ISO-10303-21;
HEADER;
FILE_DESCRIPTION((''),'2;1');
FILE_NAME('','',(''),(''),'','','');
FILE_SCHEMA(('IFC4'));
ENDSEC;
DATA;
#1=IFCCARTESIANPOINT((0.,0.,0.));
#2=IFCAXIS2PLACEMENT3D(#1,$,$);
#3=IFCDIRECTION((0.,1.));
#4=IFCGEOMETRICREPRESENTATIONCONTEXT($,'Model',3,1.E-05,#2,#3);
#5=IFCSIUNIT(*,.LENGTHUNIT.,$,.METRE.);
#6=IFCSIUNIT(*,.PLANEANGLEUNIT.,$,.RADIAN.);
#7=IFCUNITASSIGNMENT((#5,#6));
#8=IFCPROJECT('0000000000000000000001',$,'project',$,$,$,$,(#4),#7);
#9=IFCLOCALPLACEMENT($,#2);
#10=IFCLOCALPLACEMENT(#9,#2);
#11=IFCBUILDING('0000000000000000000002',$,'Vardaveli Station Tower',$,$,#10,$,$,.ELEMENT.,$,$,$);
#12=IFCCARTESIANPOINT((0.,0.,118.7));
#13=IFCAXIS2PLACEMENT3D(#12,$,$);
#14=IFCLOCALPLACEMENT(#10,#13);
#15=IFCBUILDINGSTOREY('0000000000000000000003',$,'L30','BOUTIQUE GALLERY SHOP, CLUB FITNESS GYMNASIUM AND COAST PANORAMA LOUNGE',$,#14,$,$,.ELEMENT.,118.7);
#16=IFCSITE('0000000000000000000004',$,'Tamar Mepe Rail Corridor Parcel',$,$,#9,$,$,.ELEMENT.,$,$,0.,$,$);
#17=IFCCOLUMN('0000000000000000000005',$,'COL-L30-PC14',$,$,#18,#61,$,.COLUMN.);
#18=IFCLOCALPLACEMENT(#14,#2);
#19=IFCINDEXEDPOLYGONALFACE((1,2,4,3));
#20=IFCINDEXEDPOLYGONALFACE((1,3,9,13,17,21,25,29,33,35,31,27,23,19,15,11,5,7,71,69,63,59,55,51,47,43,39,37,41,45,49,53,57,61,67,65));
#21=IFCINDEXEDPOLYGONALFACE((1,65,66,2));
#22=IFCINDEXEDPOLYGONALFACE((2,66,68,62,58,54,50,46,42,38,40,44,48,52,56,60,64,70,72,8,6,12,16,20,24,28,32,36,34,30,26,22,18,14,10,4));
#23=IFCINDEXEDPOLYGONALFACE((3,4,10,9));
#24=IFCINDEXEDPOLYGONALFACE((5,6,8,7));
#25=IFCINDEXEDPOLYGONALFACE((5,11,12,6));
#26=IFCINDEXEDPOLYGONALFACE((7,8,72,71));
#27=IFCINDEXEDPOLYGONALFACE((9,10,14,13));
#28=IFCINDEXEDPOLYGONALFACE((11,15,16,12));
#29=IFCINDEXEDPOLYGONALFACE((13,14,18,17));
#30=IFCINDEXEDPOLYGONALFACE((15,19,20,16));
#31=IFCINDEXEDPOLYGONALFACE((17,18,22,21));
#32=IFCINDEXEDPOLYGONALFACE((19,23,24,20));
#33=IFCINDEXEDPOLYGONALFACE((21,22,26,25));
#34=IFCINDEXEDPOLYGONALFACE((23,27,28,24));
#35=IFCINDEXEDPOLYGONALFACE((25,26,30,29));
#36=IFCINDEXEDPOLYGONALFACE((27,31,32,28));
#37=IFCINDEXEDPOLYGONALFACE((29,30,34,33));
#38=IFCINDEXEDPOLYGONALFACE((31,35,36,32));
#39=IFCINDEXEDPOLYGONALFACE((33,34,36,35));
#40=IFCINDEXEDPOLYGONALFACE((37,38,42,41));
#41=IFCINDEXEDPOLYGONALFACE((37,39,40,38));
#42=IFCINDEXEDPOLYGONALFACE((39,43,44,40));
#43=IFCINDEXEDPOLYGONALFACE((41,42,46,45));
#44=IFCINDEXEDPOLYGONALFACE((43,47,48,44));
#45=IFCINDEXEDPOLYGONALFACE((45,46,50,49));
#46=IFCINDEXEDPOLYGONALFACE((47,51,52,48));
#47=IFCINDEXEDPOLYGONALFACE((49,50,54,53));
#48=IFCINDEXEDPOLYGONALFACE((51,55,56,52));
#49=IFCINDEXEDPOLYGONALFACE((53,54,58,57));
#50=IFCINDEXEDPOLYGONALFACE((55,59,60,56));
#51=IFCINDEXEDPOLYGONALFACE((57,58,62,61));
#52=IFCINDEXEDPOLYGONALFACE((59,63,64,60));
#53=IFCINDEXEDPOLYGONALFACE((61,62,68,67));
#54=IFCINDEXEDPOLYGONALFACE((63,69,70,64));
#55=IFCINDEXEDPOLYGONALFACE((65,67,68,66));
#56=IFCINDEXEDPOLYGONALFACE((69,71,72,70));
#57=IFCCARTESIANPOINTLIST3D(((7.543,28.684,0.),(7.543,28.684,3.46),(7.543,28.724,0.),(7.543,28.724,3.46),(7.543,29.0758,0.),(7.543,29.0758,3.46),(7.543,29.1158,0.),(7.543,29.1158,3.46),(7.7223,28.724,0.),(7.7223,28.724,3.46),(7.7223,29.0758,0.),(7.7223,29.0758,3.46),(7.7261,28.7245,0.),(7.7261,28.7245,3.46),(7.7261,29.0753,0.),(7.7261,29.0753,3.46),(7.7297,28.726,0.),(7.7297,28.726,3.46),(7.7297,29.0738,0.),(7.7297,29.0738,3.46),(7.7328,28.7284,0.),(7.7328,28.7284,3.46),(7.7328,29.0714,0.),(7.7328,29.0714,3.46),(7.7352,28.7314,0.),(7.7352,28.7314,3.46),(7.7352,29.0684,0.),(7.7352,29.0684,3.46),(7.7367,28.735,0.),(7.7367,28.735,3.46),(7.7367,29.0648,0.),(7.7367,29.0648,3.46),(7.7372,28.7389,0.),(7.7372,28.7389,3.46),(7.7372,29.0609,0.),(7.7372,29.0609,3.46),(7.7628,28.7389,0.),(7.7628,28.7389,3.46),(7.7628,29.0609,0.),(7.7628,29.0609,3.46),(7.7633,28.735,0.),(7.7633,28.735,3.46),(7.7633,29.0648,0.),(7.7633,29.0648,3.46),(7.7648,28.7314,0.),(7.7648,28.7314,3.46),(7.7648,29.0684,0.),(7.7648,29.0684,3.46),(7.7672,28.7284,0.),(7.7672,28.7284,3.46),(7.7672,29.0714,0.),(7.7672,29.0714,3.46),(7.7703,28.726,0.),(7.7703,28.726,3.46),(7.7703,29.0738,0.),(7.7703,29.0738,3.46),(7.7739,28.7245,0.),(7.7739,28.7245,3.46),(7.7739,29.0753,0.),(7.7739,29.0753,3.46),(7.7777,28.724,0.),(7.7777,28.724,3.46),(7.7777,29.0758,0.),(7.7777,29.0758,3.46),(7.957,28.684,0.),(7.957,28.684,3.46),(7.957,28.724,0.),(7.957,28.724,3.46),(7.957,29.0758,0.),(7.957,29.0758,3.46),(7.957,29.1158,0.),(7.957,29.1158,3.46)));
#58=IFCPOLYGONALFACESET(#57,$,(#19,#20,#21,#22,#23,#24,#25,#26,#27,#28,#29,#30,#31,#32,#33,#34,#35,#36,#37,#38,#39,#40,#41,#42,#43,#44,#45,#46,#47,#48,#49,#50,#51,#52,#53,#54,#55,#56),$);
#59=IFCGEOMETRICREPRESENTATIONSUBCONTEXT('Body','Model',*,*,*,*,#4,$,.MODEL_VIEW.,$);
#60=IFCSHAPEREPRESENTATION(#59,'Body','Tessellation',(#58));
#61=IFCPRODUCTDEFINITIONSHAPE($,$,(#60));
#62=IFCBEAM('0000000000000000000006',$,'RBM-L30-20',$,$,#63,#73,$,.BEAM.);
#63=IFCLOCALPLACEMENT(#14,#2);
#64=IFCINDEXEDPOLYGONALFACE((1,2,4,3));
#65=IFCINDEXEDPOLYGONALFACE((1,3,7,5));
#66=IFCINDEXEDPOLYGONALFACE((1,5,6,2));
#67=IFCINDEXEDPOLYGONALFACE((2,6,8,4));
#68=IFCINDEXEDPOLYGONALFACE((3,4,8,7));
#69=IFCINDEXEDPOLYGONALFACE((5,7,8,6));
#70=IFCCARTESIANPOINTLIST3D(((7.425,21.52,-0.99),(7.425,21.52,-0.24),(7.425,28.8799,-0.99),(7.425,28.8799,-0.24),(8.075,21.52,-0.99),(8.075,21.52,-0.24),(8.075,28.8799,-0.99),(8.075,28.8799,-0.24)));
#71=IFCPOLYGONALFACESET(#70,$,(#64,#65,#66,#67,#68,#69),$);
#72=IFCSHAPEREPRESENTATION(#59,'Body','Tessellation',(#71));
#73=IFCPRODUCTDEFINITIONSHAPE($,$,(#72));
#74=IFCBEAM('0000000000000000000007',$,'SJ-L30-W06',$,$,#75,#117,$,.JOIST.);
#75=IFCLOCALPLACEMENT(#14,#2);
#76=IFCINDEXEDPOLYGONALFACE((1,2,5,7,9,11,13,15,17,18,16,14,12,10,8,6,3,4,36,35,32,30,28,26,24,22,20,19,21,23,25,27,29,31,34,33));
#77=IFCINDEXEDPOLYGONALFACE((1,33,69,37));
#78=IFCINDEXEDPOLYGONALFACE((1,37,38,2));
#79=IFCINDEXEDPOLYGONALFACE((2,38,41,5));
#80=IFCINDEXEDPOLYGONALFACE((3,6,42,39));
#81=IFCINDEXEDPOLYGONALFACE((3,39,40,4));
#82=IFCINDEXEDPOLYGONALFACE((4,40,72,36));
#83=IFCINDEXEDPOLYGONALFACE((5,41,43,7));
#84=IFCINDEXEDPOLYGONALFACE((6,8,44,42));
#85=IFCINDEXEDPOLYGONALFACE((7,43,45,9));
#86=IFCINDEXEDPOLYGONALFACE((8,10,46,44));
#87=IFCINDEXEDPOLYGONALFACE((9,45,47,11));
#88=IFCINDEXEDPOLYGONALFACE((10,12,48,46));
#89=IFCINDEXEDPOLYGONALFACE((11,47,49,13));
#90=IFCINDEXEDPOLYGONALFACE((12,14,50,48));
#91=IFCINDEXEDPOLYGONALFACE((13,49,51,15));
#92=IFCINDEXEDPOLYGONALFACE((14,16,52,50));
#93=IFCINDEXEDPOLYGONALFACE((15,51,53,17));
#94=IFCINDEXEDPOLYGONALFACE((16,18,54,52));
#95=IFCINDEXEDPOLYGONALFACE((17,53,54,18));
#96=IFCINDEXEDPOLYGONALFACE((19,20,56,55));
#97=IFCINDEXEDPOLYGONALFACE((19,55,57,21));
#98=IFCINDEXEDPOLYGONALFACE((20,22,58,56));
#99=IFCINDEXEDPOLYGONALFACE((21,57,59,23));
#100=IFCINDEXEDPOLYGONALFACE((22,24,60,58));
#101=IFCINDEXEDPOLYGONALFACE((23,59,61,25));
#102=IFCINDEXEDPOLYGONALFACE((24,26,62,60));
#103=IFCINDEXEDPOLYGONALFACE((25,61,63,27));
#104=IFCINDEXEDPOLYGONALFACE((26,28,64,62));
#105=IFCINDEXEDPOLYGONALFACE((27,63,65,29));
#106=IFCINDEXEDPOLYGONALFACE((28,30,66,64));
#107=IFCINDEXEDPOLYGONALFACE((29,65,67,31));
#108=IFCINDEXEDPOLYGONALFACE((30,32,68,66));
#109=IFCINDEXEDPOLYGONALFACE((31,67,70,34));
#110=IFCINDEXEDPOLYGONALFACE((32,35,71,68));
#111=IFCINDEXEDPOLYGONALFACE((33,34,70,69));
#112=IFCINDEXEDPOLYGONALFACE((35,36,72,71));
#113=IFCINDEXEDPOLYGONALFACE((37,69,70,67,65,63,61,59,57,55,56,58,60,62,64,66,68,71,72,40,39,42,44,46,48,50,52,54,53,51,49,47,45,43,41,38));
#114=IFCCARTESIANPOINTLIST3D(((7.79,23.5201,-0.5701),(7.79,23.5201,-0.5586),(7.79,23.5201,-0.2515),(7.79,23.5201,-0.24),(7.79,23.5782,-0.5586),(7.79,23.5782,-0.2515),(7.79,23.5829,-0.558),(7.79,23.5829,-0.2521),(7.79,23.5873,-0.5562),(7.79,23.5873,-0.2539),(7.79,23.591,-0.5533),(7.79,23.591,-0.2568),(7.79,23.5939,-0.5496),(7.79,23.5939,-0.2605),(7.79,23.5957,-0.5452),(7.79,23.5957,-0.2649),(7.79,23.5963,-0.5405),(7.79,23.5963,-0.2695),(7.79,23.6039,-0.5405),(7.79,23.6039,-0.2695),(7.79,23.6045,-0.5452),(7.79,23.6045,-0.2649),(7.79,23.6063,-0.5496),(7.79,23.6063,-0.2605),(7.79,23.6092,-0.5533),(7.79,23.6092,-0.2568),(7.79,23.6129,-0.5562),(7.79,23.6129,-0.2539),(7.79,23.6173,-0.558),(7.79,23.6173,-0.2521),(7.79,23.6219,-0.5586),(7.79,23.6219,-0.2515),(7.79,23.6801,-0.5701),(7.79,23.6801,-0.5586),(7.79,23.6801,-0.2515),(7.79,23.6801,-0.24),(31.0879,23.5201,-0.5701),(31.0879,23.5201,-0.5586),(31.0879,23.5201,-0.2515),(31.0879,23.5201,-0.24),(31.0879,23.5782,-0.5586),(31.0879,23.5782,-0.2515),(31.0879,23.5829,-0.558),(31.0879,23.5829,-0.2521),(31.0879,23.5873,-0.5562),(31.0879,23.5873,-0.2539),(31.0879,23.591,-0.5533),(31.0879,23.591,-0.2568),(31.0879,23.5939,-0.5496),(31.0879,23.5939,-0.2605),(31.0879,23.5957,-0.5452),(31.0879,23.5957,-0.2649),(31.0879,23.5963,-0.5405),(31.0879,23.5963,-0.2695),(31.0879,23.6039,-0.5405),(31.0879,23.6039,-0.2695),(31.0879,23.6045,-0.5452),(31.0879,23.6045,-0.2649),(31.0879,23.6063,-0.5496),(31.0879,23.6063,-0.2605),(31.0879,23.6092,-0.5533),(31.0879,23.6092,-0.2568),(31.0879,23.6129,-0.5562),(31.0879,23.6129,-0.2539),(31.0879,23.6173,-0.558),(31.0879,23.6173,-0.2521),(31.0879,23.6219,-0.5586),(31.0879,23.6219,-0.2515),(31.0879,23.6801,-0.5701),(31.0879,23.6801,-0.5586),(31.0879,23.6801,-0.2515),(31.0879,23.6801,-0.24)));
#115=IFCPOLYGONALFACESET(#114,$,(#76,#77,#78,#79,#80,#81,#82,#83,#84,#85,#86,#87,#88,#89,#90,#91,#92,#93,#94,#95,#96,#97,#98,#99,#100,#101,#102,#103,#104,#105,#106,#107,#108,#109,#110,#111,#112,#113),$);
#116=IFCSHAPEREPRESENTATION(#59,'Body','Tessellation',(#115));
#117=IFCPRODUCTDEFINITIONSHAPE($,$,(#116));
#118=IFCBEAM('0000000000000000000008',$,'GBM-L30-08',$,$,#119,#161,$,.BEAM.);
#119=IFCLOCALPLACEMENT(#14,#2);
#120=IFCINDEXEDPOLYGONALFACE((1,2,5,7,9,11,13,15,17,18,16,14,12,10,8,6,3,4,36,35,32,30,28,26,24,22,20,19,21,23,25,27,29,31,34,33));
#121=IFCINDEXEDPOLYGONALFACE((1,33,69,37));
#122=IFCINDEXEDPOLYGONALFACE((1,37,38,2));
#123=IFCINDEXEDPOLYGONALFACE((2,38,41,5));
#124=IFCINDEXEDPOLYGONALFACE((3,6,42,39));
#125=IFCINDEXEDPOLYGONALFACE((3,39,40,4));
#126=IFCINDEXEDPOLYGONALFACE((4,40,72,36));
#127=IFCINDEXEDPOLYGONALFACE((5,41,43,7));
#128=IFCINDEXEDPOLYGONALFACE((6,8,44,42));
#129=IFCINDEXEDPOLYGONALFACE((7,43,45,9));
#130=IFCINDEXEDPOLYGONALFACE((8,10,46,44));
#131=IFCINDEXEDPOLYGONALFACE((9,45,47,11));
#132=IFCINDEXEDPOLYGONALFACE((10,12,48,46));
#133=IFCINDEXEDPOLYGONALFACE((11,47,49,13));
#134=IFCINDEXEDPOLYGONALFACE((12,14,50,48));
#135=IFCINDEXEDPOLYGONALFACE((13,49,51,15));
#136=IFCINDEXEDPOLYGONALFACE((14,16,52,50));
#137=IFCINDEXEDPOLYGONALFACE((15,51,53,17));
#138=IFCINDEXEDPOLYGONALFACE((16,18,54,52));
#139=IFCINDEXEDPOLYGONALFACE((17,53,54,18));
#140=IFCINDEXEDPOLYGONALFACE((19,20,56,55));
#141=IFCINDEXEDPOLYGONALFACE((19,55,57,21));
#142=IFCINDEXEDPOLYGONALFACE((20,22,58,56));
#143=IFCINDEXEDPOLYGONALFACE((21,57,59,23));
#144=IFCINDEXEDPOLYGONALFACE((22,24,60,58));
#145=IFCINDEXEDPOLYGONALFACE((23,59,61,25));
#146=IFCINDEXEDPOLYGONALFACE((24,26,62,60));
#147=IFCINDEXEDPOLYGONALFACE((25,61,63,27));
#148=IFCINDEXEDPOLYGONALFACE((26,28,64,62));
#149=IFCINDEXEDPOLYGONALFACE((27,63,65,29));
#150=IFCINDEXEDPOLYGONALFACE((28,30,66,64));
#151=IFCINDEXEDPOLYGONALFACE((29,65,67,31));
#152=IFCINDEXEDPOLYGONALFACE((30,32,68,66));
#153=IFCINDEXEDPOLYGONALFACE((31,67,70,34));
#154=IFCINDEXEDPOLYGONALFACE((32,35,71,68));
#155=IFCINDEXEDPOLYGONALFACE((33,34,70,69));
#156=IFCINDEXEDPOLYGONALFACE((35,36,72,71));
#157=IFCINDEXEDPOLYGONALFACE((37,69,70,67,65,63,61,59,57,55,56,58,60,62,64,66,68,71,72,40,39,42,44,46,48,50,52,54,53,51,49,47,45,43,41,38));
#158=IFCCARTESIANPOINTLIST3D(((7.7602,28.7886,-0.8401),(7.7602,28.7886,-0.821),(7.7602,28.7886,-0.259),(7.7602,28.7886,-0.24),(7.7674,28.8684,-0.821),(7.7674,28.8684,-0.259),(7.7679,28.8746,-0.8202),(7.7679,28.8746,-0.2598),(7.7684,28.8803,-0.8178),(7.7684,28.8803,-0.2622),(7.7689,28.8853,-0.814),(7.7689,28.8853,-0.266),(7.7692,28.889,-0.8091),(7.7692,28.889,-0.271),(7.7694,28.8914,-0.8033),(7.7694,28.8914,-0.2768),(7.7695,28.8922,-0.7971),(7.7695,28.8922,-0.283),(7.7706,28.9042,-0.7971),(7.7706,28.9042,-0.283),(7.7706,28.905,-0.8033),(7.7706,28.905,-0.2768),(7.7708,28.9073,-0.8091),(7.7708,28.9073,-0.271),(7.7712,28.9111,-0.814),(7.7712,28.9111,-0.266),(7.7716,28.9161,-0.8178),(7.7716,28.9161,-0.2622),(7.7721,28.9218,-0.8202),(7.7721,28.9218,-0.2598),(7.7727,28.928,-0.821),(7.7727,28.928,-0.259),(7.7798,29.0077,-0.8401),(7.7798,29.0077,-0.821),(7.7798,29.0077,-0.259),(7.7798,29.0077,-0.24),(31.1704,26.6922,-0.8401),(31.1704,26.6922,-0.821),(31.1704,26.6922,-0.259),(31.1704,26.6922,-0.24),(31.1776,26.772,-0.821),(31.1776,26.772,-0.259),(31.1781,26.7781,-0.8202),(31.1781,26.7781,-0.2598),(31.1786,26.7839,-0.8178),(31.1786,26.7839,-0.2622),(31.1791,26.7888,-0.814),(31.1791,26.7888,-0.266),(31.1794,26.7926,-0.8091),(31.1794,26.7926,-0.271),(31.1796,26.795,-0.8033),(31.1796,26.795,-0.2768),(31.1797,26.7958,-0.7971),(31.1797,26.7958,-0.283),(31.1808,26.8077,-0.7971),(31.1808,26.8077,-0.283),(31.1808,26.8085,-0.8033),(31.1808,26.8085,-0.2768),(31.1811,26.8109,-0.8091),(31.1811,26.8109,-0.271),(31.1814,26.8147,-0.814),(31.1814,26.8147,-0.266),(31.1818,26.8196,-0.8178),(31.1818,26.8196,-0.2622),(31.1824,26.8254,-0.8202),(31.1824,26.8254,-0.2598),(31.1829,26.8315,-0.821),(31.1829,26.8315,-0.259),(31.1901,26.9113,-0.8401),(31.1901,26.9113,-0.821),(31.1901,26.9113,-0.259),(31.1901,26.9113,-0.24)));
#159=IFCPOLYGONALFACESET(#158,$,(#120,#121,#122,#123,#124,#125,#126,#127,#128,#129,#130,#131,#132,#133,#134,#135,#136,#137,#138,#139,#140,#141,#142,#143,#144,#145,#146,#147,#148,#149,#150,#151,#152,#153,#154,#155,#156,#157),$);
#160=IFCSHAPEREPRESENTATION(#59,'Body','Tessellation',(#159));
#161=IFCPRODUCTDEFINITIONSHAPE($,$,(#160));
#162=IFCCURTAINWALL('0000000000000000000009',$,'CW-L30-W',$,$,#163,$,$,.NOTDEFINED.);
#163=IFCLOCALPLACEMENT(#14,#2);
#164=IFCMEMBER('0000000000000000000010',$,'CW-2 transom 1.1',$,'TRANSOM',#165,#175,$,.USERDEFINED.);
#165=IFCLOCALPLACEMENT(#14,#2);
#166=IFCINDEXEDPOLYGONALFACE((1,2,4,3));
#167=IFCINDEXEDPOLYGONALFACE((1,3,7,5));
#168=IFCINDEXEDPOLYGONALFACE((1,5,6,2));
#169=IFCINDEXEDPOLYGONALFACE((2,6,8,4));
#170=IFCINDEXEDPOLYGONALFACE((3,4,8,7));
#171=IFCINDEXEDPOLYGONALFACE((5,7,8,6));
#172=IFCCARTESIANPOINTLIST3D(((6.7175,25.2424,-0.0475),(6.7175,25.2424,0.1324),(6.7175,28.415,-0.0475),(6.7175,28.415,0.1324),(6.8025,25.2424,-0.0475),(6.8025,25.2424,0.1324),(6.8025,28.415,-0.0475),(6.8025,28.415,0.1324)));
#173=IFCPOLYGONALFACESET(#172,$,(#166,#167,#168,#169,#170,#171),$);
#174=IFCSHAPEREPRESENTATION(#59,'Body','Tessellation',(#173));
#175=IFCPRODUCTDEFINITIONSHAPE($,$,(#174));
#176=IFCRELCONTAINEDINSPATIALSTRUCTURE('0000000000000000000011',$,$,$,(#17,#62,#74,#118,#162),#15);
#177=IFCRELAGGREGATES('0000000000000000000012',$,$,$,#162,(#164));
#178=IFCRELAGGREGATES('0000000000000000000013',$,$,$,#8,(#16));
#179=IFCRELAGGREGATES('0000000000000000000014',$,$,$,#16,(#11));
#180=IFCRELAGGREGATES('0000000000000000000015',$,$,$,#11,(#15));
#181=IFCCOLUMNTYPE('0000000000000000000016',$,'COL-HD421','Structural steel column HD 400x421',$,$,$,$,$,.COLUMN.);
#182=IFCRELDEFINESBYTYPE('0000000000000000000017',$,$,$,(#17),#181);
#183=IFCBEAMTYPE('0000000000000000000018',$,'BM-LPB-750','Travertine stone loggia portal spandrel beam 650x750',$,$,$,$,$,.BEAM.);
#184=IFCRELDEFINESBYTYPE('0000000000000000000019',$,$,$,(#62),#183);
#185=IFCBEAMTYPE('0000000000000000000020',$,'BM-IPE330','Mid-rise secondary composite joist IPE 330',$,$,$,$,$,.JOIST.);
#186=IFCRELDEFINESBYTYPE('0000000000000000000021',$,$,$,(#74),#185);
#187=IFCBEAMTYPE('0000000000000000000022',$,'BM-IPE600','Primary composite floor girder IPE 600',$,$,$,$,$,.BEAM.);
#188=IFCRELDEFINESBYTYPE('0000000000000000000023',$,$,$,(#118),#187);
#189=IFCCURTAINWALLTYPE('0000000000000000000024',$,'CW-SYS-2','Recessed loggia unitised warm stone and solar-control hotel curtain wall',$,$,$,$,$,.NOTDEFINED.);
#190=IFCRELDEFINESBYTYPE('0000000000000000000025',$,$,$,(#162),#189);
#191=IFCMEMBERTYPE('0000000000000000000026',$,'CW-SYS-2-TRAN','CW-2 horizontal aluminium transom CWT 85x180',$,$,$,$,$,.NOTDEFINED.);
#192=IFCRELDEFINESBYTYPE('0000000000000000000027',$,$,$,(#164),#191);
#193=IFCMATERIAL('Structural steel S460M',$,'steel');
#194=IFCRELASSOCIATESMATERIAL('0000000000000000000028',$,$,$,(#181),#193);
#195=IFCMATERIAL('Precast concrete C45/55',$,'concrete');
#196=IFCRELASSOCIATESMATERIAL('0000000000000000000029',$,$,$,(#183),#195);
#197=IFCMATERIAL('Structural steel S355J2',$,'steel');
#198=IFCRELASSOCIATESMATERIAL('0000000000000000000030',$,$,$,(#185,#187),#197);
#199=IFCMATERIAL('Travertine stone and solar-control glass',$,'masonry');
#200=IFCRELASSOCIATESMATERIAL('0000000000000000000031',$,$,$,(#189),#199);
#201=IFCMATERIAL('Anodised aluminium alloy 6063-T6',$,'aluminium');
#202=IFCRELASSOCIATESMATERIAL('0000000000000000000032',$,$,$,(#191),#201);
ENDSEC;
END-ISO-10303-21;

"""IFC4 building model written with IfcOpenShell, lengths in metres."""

from ifc_helpers import new_model, si_unit, direction, frame, origin, origin_2d, place, context, subcontext, project, spatial, rectangle, i_section, extrude, source, transform, mapped, material, material_profile, profile_set, type_object, element, aggregate, save


model = new_model("IFC4")

# Units and contexts
model_context = context("Model", 3, precision=1e-05, world=origin(), true_north=direction((0.0, 1.0)))
body_context = subcontext(model_context, "Body", "Model", "MODEL_VIEW")
ifc_project = project(units=[si_unit("LENGTHUNIT", "METRE"), si_unit("PLANEANGLEUNIT", "RADIAN")], contexts=[model_context])

# Site, building, storey
site_placement = place(None, origin())
site = spatial("IfcSite", under=ifc_project, at=site_placement, Name="Tamar Mepe Rail Corridor Parcel", CompositionType="ELEMENT", RefElevation=0.0)
building_placement = place(site_placement, origin())
building = spatial("IfcBuilding", under=site, at=building_placement, Name="Vardaveli Station Tower", CompositionType="ELEMENT")
storey_placement = place(building_placement, frame((0.0, 0.0, 118.7)))
storey = spatial("IfcBuildingStorey", under=building, at=storey_placement, Name="L30", Description="BOUTIQUE GALLERY SHOP, CLUB FITNESS GYMNASIUM AND COAST PANORAMA LOUNGE", CompositionType="ELEMENT", Elevation=118.7)

# Column
ifc_material_1 = material(Name="Structural steel S460M", Category="steel")
ifc_material_profile_1 = material_profile(ifc_material_1, i_section(OverallWidth=0.4141, OverallDepth=0.4319, WebThickness=0.0256, FlangeThickness=0.04, FilletRadius=0.0149, at=origin_2d()), Name="HD 400x421")
ifc_profile_set_1 = profile_set([ifc_material_profile_1], Name="Structural steel S460M")
column_type = type_object("IfcColumnType", Name="COL-HD421", Description="Structural steel column HD 400x421", PredefinedType="COLUMN", material=ifc_profile_set_1)
shared_shape_1 = source(origin(), body_context, "Body", "SweptSolid", [
    extrude(i_section(OverallWidth=0.4141, OverallDepth=0.4319, WebThickness=0.0256, FlangeThickness=0.04, FilletRadius=0.0149, at=origin_2d()), origin(), (0.0, 0.0, 1.0), 3.46),
])
column_placement = place(storey_placement, frame((7.75, 28.8999, 0.0), z_axis=(0.0, 0.0, 1.0), x_axis=(1.0, 0.0, 0.0)))
element("IfcColumn", 1, at=column_placement, inside=storey, type_object=column_type, Name="COL-L30-PC14", PredefinedType="COLUMN", context=body_context, shape_type="MappedRepresentation", body=[
    mapped(shared_shape_1, transform((0.0, 0.0, 0.0), scale=1.0)),
])

# Beams
ifc_material_2 = material(Name="Precast concrete C45/55", Category="concrete")
ifc_material_profile_2 = material_profile(ifc_material_2, rectangle(XDim=0.6499, YDim=0.75, at=origin_2d()), Name="LPB 650x750")
ifc_profile_set_2 = profile_set([ifc_material_profile_2], Name="Precast concrete C45/55")
beam_type_1 = type_object("IfcBeamType", Name="BM-LPB-750", Description="Travertine stone loggia portal spandrel beam 650x750", PredefinedType="BEAM", material=ifc_profile_set_2)
shared_shape_2 = source(origin(), body_context, "Body", "SweptSolid", [
    extrude(rectangle(XDim=0.6499, YDim=0.75, at=origin_2d()), origin(), (0.0, 0.0, 1.0), 7.3599),
])
beam_1_placement = place(storey_placement, frame((7.75, 28.8799, -0.615), z_axis=(0.0, -1.0, 0.0), x_axis=(1.0, 0.0, 0.0)))
element("IfcBeam", 2, at=beam_1_placement, inside=storey, type_object=beam_type_1, Name="RBM-L30-20", PredefinedType="BEAM", context=body_context, shape_type="MappedRepresentation", body=[
    mapped(shared_shape_2, transform((0.0, 0.0, 0.0), scale=1.0)),
])
ifc_material_3 = material(Name="Structural steel S355J2", Category="steel")
ifc_material_profile_3 = material_profile(ifc_material_3, i_section(OverallWidth=0.1599, OverallDepth=0.3301, WebThickness=0.0076, FlangeThickness=0.0115, FilletRadius=0.0181, at=origin_2d()), Name="IPE 330")
ifc_profile_set_3 = profile_set([ifc_material_profile_3], Name="Structural steel S355J2")
beam_type_2 = type_object("IfcBeamType", Name="BM-IPE330", Description="Mid-rise secondary composite joist IPE 330", PredefinedType="JOIST", material=ifc_profile_set_3)
shared_shape_3 = source(origin(), body_context, "Body", "SweptSolid", [
    extrude(i_section(OverallWidth=0.1599, OverallDepth=0.3301, WebThickness=0.0076, FlangeThickness=0.0115, FilletRadius=0.0181, at=origin_2d()), origin(), (0.0, 0.0, 1.0), 23.2979),
])
beam_2_placement = place(storey_placement, frame((7.79, 23.6001, -0.405), z_axis=(1.0, 0.0, 0.0), x_axis=(0.0, 1.0, 0.0)))
element("IfcBeam", 3, at=beam_2_placement, inside=storey, type_object=beam_type_2, Name="SJ-L30-W06", PredefinedType="JOIST", context=body_context, shape_type="MappedRepresentation", body=[
    mapped(shared_shape_3, transform((0.0, 0.0, 0.0), scale=1.0)),
])
ifc_material_profile_4 = material_profile(ifc_material_3, i_section(OverallWidth=0.22, OverallDepth=0.6001, WebThickness=0.012, FlangeThickness=0.019, FilletRadius=0.0239, at=origin_2d()), Name="IPE 600")
ifc_profile_set_4 = profile_set([ifc_material_profile_4], Name="Structural steel S355J2")
beam_type_3 = type_object("IfcBeamType", Name="BM-IPE600", Description="Primary composite floor girder IPE 600", PredefinedType="BEAM", material=ifc_profile_set_4)
shared_shape_4 = source(origin(), body_context, "Body", "SweptSolid", [
    extrude(i_section(OverallWidth=0.22, OverallDepth=0.6001, WebThickness=0.012, FlangeThickness=0.019, FilletRadius=0.0239, at=origin_2d()), origin(), (0.0, 0.0, 1.0), 23.5039),
])
beam_3_placement = place(storey_placement, frame((7.77, 28.8982, -0.54), z_axis=(0.996014, -0.089195, 0.0), x_axis=(0.089195, 0.996014, 0.0)))
element("IfcBeam", 4, at=beam_3_placement, inside=storey, type_object=beam_type_3, Name="GBM-L30-08", PredefinedType="BEAM", context=body_context, shape_type="MappedRepresentation", body=[
    mapped(shared_shape_4, transform((0.0, 0.0, 0.0), scale=1.0)),
])

# Curtain wall, member
ifc_material_4 = material(Name="Travertine stone and solar-control glass", Category="masonry")
curtain_wall_type = type_object("IfcCurtainWallType", Name="CW-SYS-2", Description="Recessed loggia unitised warm stone and solar-control hotel curtain wall", PredefinedType="NOTDEFINED", material=ifc_material_4)
curtain_wall_placement = place(storey_placement, origin())
curtain_wall = element("IfcCurtainWall", 5, at=curtain_wall_placement, inside=storey, type_object=curtain_wall_type, Name="CW-L30-W", PredefinedType="NOTDEFINED")
ifc_material_5 = material(Name="Anodised aluminium alloy 6063-T6", Category="aluminium")
ifc_material_profile_5 = material_profile(ifc_material_5, rectangle(XDim=0.085, YDim=0.1799, at=origin_2d()), Name="CWT 85x180")
ifc_profile_set_5 = profile_set([ifc_material_profile_5], Name="Anodised aluminium alloy 6063-T6")
member_type_1 = type_object("IfcMemberType", Name="CW-SYS-2-TRAN", Description="CW-2 horizontal aluminium transom CWT 85x180", PredefinedType="NOTDEFINED", material=ifc_profile_set_5)
shared_shape_5 = source(origin(), body_context, "Body", "SweptSolid", [
    extrude(rectangle(XDim=0.085, YDim=0.1799, at=origin_2d()), origin(), (0.0, 0.0, 1.0), 3.1726),
])
member_1_placement = place(storey_placement, frame((6.76, 28.415, 0.0425), z_axis=(0.0, -1.0, 0.0), x_axis=(1.0, 0.0, 0.0)))
member_1 = element("IfcMember", 6, at=member_1_placement, type_object=member_type_1, Name="CW-2 transom 1.1", ObjectType="TRANSOM", PredefinedType="USERDEFINED", context=body_context, shape_type="MappedRepresentation", body=[
    mapped(shared_shape_5, transform((0.0, 0.0, 0.0), scale=1.0)),
])
aggregate(curtain_wall, [member_1])

save(model, "model.ifc")
